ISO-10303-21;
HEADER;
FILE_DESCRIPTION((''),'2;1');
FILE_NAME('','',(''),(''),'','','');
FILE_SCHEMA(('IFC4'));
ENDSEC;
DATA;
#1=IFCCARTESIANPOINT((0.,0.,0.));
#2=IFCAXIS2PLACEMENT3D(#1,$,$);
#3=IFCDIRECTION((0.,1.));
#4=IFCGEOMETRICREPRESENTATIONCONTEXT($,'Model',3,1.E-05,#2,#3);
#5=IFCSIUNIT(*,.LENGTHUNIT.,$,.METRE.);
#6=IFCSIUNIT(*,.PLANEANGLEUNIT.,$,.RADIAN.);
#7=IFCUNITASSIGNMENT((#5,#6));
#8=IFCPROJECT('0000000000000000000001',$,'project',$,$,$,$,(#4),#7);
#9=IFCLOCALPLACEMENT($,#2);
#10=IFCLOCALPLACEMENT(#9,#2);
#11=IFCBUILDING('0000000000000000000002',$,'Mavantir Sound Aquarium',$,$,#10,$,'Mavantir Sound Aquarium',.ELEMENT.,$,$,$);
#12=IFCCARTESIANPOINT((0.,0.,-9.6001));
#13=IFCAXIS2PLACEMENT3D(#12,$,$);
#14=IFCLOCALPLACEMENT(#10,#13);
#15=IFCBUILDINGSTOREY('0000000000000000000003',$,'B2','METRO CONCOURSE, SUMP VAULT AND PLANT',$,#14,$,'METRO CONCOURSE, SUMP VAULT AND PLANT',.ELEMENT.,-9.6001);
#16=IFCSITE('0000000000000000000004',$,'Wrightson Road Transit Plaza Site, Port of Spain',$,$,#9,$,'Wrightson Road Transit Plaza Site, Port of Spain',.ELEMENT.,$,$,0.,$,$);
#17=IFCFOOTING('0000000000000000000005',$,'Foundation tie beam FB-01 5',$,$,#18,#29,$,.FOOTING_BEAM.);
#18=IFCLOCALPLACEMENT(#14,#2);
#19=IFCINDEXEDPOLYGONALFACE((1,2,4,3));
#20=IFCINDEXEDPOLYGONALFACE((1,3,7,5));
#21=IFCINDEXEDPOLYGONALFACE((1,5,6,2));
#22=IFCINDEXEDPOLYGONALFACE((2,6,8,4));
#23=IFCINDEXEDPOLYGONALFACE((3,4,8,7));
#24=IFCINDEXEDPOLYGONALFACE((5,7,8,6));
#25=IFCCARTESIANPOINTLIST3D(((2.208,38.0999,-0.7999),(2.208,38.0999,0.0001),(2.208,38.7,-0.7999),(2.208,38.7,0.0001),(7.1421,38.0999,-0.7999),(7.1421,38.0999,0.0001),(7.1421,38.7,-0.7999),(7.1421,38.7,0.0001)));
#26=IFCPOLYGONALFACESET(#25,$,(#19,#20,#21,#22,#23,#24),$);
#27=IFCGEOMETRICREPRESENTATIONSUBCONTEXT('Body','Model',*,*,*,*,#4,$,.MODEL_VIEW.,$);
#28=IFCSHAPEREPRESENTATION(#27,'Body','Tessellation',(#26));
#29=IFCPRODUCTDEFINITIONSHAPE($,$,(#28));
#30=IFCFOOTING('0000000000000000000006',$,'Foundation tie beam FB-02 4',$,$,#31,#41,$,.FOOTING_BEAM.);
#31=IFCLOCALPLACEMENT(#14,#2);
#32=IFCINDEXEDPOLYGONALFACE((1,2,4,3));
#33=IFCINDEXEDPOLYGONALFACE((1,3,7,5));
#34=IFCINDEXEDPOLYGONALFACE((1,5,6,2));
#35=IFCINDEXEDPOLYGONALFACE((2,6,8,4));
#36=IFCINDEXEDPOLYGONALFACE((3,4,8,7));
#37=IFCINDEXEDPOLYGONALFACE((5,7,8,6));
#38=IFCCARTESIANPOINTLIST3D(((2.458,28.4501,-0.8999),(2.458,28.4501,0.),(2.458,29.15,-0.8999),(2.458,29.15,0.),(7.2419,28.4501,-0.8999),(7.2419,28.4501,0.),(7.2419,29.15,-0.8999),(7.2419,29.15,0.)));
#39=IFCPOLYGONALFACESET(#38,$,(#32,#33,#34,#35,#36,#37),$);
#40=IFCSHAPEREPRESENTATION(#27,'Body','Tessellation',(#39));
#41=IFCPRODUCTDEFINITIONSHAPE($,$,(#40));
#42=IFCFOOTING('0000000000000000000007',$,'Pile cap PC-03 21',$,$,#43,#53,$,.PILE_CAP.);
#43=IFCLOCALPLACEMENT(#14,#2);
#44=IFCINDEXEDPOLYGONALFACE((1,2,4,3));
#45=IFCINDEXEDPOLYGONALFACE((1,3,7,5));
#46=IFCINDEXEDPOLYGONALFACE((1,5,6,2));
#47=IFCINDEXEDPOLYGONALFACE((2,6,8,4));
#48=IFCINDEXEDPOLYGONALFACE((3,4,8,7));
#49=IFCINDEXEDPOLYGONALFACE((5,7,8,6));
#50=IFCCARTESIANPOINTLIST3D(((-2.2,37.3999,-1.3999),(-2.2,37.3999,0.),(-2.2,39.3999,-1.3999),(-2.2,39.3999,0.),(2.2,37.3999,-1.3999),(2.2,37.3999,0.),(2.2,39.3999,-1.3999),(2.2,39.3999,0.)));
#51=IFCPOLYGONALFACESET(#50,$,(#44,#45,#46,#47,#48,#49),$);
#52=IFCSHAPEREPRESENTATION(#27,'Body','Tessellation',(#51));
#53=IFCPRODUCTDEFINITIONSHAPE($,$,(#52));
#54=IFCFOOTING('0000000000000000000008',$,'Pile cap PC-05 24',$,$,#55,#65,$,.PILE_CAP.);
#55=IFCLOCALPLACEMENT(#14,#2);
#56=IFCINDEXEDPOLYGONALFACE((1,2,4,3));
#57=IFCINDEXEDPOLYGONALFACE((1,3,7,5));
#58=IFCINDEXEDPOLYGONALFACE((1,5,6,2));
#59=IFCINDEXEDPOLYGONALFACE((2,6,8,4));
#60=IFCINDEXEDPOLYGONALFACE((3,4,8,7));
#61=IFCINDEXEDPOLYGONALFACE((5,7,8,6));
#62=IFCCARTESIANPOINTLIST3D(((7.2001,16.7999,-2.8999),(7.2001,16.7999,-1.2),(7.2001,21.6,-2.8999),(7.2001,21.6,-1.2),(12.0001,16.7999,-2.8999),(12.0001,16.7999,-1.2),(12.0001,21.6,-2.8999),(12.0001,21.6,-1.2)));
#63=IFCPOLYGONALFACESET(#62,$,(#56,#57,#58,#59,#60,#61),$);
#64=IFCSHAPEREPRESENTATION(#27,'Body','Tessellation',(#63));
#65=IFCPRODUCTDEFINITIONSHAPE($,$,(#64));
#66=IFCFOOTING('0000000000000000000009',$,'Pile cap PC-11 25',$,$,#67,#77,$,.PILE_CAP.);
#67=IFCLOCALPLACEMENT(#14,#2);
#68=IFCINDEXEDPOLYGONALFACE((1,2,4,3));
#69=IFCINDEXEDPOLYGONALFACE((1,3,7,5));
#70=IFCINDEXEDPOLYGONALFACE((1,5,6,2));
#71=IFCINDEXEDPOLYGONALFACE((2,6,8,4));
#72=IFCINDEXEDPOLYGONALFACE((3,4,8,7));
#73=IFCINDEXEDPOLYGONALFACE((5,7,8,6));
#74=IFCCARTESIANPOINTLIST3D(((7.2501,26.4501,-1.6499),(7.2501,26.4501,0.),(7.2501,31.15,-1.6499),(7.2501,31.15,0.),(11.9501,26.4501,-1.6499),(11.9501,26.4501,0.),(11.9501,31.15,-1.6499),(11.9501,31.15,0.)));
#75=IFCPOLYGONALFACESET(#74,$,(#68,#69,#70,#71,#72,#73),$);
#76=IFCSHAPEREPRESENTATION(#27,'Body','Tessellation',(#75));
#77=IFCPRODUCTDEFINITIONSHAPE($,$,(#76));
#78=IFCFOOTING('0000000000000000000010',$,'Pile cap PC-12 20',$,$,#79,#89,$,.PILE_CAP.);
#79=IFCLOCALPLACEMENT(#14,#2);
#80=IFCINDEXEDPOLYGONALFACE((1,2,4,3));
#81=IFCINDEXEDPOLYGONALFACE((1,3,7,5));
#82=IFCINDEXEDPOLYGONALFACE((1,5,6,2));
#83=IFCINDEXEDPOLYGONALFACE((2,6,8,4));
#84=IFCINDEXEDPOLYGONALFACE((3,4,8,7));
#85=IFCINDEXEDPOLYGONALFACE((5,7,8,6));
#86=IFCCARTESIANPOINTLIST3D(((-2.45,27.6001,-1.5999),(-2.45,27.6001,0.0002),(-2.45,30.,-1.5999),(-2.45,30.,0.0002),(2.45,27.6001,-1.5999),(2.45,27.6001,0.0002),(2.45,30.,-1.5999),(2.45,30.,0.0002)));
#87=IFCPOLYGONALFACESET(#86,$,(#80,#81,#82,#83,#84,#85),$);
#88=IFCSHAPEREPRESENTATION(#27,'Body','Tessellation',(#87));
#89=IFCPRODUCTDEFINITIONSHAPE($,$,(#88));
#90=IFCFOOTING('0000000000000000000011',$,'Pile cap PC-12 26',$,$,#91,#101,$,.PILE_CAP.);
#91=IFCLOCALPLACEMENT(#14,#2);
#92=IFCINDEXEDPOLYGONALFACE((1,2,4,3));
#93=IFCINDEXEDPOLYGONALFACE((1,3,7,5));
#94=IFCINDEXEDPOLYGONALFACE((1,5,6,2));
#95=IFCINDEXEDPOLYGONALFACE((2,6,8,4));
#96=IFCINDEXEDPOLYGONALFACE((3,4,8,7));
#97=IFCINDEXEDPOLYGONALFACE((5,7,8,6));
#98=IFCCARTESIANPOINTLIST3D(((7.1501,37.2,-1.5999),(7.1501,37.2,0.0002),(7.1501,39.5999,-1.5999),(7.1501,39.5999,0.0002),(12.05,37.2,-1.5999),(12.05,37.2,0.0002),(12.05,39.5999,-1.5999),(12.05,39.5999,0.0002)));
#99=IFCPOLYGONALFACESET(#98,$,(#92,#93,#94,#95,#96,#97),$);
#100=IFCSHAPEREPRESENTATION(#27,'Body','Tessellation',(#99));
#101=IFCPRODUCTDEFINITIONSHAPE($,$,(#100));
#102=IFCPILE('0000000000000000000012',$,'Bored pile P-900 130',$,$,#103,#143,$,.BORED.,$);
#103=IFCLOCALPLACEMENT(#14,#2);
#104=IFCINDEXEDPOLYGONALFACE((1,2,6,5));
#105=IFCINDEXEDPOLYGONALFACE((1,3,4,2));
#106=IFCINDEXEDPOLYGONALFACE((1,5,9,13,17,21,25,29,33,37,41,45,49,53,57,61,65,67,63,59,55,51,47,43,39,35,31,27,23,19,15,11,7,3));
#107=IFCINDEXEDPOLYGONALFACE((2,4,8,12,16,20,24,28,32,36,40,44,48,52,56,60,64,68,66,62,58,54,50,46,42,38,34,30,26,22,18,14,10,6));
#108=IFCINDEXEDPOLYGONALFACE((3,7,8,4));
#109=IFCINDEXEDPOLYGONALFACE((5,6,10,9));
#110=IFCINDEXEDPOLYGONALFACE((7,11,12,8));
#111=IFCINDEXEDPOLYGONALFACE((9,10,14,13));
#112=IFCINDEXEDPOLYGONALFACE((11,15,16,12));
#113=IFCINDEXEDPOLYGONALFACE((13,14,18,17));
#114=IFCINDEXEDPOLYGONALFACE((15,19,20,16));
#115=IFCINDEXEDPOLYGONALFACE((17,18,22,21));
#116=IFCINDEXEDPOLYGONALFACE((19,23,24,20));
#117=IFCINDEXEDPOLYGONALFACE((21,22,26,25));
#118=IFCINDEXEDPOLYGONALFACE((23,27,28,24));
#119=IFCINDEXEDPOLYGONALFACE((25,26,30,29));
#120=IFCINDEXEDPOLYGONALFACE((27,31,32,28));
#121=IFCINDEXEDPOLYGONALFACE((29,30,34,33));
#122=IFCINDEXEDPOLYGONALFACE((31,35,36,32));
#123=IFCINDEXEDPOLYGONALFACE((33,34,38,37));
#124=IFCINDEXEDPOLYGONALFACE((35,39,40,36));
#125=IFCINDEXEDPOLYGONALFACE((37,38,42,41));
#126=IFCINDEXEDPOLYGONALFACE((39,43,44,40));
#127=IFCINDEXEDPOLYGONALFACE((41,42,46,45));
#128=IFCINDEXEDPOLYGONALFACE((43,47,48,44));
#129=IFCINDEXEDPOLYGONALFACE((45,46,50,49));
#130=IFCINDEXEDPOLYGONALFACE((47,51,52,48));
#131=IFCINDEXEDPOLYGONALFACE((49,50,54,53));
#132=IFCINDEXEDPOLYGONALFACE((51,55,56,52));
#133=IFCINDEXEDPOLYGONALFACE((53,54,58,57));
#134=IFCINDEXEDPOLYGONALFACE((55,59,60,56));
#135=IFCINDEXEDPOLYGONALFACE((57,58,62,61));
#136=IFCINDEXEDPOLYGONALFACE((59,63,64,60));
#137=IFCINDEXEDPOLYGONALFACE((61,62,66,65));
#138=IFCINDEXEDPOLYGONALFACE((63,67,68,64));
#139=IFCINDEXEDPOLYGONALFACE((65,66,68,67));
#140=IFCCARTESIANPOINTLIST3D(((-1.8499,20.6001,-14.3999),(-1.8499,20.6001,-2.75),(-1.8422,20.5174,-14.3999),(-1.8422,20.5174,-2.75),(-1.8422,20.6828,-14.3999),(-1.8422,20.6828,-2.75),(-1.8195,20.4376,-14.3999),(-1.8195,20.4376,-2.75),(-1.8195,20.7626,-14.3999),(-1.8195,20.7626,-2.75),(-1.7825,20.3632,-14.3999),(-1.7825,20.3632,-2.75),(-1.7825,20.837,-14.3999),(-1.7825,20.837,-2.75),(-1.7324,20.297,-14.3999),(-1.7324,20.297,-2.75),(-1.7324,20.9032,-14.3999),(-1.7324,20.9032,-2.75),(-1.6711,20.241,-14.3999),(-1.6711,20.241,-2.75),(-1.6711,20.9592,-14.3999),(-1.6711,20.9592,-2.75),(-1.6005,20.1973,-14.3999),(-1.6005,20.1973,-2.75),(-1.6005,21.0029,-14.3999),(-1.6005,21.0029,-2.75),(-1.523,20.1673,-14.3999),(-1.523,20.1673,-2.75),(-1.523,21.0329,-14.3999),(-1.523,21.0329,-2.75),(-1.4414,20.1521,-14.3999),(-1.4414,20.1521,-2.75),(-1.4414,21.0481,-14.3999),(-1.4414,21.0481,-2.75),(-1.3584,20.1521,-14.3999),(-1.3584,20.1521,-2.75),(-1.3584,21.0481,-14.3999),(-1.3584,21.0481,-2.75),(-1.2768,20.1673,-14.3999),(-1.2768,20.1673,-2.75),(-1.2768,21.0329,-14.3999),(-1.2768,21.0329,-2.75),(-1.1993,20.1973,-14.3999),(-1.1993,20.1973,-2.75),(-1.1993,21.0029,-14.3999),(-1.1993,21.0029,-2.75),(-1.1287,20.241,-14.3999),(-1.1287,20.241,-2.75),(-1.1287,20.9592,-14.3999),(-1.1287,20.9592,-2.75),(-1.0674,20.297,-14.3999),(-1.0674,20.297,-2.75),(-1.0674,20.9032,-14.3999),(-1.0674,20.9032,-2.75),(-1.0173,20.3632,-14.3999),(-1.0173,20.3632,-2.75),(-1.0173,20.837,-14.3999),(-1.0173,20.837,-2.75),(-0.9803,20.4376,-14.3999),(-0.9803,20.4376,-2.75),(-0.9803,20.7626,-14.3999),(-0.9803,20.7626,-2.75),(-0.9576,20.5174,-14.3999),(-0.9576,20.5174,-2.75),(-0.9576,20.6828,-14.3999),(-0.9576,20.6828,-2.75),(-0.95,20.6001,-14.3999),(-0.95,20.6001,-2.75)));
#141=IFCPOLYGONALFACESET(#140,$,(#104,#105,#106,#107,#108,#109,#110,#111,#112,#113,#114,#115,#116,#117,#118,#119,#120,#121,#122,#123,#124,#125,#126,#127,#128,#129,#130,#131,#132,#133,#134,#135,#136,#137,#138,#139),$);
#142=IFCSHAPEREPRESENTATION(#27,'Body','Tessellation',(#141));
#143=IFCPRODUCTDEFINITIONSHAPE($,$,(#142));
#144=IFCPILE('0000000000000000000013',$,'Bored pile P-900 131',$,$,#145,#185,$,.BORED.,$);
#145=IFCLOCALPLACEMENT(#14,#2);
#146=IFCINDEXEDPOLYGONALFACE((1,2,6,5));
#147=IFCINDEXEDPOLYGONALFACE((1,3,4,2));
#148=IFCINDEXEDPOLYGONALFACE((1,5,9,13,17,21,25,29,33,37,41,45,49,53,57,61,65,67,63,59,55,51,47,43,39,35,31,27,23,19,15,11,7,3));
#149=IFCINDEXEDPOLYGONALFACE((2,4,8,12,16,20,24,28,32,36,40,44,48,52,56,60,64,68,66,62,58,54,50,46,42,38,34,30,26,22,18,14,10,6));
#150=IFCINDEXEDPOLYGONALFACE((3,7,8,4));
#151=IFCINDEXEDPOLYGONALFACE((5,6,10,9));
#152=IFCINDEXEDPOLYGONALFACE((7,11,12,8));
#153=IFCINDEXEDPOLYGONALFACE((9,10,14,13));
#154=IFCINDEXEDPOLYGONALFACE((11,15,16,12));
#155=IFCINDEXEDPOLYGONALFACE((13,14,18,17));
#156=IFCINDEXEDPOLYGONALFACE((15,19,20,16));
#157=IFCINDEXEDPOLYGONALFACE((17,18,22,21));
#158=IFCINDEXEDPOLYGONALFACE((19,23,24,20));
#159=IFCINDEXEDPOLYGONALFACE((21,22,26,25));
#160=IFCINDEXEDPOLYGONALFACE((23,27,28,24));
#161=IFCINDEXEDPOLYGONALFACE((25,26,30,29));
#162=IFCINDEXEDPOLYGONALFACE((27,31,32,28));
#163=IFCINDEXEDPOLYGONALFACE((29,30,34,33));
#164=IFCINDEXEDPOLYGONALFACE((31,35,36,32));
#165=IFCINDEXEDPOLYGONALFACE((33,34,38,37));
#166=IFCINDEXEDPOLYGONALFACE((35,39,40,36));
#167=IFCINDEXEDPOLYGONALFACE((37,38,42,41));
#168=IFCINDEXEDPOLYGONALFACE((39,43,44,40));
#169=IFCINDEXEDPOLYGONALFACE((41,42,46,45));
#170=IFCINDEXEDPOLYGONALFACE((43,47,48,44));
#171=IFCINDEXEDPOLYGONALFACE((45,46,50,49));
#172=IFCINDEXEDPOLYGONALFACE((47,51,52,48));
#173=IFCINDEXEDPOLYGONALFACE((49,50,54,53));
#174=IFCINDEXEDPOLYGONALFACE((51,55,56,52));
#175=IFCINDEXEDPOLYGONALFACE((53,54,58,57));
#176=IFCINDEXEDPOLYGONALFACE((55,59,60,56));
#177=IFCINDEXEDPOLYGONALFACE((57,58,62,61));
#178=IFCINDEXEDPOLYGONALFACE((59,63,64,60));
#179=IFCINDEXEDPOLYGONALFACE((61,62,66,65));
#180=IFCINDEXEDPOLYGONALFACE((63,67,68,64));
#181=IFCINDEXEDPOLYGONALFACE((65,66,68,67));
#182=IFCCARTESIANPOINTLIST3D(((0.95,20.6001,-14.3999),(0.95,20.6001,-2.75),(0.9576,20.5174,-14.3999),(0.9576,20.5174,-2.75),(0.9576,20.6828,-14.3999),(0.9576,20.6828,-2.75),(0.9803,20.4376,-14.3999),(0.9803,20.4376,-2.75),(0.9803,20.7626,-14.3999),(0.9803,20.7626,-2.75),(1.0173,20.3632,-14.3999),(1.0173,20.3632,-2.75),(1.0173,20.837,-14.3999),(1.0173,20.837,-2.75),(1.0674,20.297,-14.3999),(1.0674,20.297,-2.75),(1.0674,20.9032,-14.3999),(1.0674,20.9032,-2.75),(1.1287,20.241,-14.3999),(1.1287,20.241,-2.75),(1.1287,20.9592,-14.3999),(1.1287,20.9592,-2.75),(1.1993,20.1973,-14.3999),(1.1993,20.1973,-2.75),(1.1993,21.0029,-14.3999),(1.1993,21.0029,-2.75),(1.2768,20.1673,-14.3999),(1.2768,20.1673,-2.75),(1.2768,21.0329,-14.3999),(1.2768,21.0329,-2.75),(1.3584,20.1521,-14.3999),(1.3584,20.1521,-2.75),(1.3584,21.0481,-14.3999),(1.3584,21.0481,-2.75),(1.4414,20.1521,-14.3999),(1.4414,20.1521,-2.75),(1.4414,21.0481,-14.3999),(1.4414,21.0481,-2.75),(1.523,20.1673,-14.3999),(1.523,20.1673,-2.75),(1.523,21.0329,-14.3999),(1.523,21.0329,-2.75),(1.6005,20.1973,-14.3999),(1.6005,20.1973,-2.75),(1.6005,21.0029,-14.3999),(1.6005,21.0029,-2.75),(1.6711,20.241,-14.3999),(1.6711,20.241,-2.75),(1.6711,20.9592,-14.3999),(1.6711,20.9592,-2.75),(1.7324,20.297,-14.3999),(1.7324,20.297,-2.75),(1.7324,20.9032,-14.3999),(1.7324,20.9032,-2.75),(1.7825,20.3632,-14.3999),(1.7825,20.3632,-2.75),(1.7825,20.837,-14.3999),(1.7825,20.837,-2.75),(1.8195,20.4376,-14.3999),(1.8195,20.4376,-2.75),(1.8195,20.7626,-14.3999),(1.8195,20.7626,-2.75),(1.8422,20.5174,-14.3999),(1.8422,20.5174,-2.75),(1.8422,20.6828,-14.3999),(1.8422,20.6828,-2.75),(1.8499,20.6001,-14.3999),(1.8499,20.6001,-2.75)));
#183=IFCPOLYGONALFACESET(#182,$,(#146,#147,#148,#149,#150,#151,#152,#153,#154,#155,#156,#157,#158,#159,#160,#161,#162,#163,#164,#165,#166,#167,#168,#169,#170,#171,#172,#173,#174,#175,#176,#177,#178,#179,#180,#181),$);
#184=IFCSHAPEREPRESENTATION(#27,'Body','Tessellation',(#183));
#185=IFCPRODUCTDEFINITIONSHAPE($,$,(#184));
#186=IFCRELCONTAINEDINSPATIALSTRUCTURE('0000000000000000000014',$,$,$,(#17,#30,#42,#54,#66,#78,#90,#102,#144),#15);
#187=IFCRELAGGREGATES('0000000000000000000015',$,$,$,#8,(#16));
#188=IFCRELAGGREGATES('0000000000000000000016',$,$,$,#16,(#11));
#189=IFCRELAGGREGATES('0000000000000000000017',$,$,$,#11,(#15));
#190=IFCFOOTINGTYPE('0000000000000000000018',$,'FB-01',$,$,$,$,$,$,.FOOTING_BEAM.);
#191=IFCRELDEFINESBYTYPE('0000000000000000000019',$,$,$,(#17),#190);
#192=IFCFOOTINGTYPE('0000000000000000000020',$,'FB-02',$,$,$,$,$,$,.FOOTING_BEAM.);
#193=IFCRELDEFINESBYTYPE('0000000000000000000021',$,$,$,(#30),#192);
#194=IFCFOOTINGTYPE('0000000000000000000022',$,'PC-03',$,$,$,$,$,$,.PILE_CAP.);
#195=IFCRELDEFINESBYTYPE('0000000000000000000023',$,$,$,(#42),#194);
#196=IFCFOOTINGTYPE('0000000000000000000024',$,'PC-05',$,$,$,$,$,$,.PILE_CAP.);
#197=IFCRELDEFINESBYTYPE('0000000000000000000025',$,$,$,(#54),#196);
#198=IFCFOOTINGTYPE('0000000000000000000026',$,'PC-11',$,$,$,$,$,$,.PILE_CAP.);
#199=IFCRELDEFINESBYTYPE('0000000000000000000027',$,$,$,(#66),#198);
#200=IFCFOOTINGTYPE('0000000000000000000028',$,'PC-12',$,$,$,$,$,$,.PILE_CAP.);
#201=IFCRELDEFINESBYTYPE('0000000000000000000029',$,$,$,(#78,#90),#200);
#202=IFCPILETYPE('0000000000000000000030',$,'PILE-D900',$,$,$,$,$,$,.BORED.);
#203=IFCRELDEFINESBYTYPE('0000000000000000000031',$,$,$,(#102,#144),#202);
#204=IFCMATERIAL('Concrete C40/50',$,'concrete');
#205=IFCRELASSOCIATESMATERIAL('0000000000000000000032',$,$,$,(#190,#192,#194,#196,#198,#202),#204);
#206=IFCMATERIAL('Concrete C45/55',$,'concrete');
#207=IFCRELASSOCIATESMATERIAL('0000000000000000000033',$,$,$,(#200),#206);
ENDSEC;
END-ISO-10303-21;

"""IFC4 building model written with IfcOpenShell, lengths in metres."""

from ifc_helpers import new_model, si_unit, direction, frame, origin, origin_2d, place, context, subcontext, project, spatial, rectangle, circle, extrude, material, material_profile, profile_set, type_object, element, save


model = new_model("IFC4")

# Units and contexts
model_context = context("Model", 3, precision=1e-05, world=origin(), true_north=direction((0.0, 1.0)))
body_context = subcontext(model_context, "Body", "Model", "MODEL_VIEW")
ifc_project = project(units=[si_unit("LENGTHUNIT", "METRE"), si_unit("PLANEANGLEUNIT", "RADIAN")], contexts=[model_context])

# Site, building, storey
site_placement = place(None, origin())
site = spatial("IfcSite", under=ifc_project, at=site_placement, Name="Wrightson Road Transit Plaza Site, Port of Spain", LongName="Wrightson Road Transit Plaza Site, Port of Spain", CompositionType="ELEMENT", RefElevation=0.0)
building_placement = place(site_placement, origin())
building = spatial("IfcBuilding", under=site, at=building_placement, Name="Mavantir Sound Aquarium", LongName="Mavantir Sound Aquarium", CompositionType="ELEMENT")
storey_placement = place(building_placement, frame((0.0, 0.0, -9.6001)))
storey = spatial("IfcBuildingStorey", under=building, at=storey_placement, Name="B2", Description="METRO CONCOURSE, SUMP VAULT AND PLANT", LongName="METRO CONCOURSE, SUMP VAULT AND PLANT", CompositionType="ELEMENT", Elevation=-9.6001)

# Footings
ifc_material_1 = material(Name="Concrete C40/50", Category="concrete")
ifc_material_profile_1 = material_profile(ifc_material_1, rectangle(XDim=0.6001, YDim=0.8, at=origin_2d()), Name="RC 600X800")
ifc_profile_set_1 = profile_set([ifc_material_profile_1], Name="Concrete C40/50")
footing_type_1 = type_object("IfcFootingType", Name="FB-01", PredefinedType="FOOTING_BEAM", material=ifc_profile_set_1)
footing_1_placement = place(storey_placement, frame((2.208, 38.3999, -0.3999), z_axis=(1.0, 0.0, 0.0), x_axis=(0.0, 1.0, 0.0)))
element("IfcFooting", 1, at=footing_1_placement, inside=storey, type_object=footing_type_1, Name="Foundation tie beam FB-01 5", PredefinedType="FOOTING_BEAM", context=body_context, shape_type="SweptSolid", body=[
    extrude(rectangle(XDim=0.6001, YDim=0.8, at=origin_2d()), origin(), (0.0, 0.0, 1.0), 4.9341),
])
ifc_material_profile_2 = material_profile(ifc_material_1, rectangle(XDim=0.7, YDim=0.8999, at=origin_2d()), Name="RC 700X900")
ifc_profile_set_2 = profile_set([ifc_material_profile_2], Name="Concrete C40/50")
footing_type_2 = type_object("IfcFootingType", Name="FB-02", PredefinedType="FOOTING_BEAM", material=ifc_profile_set_2)
footing_2_placement = place(storey_placement, frame((2.458, 28.8, -0.45), z_axis=(1.0, 0.0, 0.0), x_axis=(0.0, 1.0, 0.0)))
element("IfcFooting", 2, at=footing_2_placement, inside=storey, type_object=footing_type_2, Name="Foundation tie beam FB-02 4", PredefinedType="FOOTING_BEAM", context=body_context, shape_type="SweptSolid", body=[
    extrude(rectangle(XDim=0.7, YDim=0.8999, at=origin_2d()), origin(), (0.0, 0.0, 1.0), 4.7839),
])
footing_type_3 = type_object("IfcFootingType", Name="PC-03", PredefinedType="PILE_CAP", material=ifc_material_1)
footing_3_placement = place(storey_placement, frame((0.0, 38.3999, -1.3999), z_axis=(0.0, 0.0, 1.0), x_axis=(1.0, 0.0, 0.0)))
element("IfcFooting", 3, at=footing_3_placement, inside=storey, type_object=footing_type_3, Name="Pile cap PC-03 21", PredefinedType="PILE_CAP", context=body_context, shape_type="SweptSolid", body=[
    extrude(rectangle(XDim=4.3999, YDim=2.0, at=origin_2d()), origin(), (0.0, 0.0, 1.0), 1.3999),
])
footing_type_4 = type_object("IfcFootingType", Name="PC-05", PredefinedType="PILE_CAP", material=ifc_material_1)
footing_4_placement = place(storey_placement, frame((9.6001, 19.2, -2.8999), z_axis=(0.0, 0.0, 1.0), x_axis=(1.0, 0.0, 0.0)))
element("IfcFooting", 4, at=footing_4_placement, inside=storey, type_object=footing_type_4, Name="Pile cap PC-05 24", PredefinedType="PILE_CAP", context=body_context, shape_type="SweptSolid", body=[
    extrude(rectangle(XDim=4.8, YDim=4.8, at=origin_2d()), origin(), (0.0, 0.0, 1.0), 1.7),
])
footing_type_5 = type_object("IfcFootingType", Name="PC-11", PredefinedType="PILE_CAP", material=ifc_material_1)
footing_5_placement = place(storey_placement, frame((9.6001, 28.8, -1.6499), z_axis=(0.0, 0.0, 1.0), x_axis=(1.0, 0.0, 0.0)))
element("IfcFooting", 5, at=footing_5_placement, inside=storey, type_object=footing_type_5, Name="Pile cap PC-11 25", PredefinedType="PILE_CAP", context=body_context, shape_type="SweptSolid", body=[
    extrude(rectangle(XDim=4.7, YDim=4.7, at=origin_2d()), origin(), (0.0, 0.0, 1.0), 1.6499),
])
ifc_material_2 = material(Name="Concrete C45/55", Category="concrete")
footing_type_6 = type_object("IfcFootingType", Name="PC-12", PredefinedType="PILE_CAP", material=ifc_material_2)
for number, where, z_axis, x_axis, name in (
    (6, (0.0, 28.8, -1.5999), (0.0, 0.0, 1.0), (1.0, 0.0, 0.0), "Pile cap PC-12 20"),
    (7, (9.6001, 38.3999, -1.5999), (0.0, 0.0, 1.0), (1.0, 0.0, 0.0), "Pile cap PC-12 26"),
):
    element("IfcFooting", number, at=place(storey_placement, frame(where, z_axis=z_axis, x_axis=x_axis)), inside=storey, type_object=footing_type_6, Name=name, PredefinedType="PILE_CAP", context=body_context, shape_type="SweptSolid", body=[
        extrude(rectangle(XDim=4.8999, YDim=2.3999, at=origin_2d()), origin(), (0.0, 0.0, 1.0), 1.6001),
    ])

# Piles
ifc_material_profile_3 = material_profile(ifc_material_1, circle(Radius=0.45, at=origin_2d()), Name="PILE D900")
ifc_profile_set_3 = profile_set([ifc_material_profile_3], Name="Concrete C40/50")
pile_type = type_object("IfcPileType", Name="PILE-D900", PredefinedType="BORED", material=ifc_profile_set_3)
for number, where, z_axis, x_axis, name in (
    (8, (-1.3999, 20.6001, -2.75), (0.0, 0.0, -1.0), (1.0, 0.0, 0.0), "Bored pile P-900 130"),
    (9, (1.3999, 20.6001, -2.75), (0.0, 0.0, -1.0), (1.0, 0.0, 0.0), "Bored pile P-900 131"),
):
    element("IfcPile", number, at=place(storey_placement, frame(where, z_axis=z_axis, x_axis=x_axis)), inside=storey, type_object=pile_type, Name=name, PredefinedType="BORED", context=body_context, shape_type="SweptSolid", body=[
        extrude(circle(Radius=0.45, at=origin_2d()), origin(), (0.0, 0.0, 1.0), 11.6499),
    ])

save(model, "model.ifc")
